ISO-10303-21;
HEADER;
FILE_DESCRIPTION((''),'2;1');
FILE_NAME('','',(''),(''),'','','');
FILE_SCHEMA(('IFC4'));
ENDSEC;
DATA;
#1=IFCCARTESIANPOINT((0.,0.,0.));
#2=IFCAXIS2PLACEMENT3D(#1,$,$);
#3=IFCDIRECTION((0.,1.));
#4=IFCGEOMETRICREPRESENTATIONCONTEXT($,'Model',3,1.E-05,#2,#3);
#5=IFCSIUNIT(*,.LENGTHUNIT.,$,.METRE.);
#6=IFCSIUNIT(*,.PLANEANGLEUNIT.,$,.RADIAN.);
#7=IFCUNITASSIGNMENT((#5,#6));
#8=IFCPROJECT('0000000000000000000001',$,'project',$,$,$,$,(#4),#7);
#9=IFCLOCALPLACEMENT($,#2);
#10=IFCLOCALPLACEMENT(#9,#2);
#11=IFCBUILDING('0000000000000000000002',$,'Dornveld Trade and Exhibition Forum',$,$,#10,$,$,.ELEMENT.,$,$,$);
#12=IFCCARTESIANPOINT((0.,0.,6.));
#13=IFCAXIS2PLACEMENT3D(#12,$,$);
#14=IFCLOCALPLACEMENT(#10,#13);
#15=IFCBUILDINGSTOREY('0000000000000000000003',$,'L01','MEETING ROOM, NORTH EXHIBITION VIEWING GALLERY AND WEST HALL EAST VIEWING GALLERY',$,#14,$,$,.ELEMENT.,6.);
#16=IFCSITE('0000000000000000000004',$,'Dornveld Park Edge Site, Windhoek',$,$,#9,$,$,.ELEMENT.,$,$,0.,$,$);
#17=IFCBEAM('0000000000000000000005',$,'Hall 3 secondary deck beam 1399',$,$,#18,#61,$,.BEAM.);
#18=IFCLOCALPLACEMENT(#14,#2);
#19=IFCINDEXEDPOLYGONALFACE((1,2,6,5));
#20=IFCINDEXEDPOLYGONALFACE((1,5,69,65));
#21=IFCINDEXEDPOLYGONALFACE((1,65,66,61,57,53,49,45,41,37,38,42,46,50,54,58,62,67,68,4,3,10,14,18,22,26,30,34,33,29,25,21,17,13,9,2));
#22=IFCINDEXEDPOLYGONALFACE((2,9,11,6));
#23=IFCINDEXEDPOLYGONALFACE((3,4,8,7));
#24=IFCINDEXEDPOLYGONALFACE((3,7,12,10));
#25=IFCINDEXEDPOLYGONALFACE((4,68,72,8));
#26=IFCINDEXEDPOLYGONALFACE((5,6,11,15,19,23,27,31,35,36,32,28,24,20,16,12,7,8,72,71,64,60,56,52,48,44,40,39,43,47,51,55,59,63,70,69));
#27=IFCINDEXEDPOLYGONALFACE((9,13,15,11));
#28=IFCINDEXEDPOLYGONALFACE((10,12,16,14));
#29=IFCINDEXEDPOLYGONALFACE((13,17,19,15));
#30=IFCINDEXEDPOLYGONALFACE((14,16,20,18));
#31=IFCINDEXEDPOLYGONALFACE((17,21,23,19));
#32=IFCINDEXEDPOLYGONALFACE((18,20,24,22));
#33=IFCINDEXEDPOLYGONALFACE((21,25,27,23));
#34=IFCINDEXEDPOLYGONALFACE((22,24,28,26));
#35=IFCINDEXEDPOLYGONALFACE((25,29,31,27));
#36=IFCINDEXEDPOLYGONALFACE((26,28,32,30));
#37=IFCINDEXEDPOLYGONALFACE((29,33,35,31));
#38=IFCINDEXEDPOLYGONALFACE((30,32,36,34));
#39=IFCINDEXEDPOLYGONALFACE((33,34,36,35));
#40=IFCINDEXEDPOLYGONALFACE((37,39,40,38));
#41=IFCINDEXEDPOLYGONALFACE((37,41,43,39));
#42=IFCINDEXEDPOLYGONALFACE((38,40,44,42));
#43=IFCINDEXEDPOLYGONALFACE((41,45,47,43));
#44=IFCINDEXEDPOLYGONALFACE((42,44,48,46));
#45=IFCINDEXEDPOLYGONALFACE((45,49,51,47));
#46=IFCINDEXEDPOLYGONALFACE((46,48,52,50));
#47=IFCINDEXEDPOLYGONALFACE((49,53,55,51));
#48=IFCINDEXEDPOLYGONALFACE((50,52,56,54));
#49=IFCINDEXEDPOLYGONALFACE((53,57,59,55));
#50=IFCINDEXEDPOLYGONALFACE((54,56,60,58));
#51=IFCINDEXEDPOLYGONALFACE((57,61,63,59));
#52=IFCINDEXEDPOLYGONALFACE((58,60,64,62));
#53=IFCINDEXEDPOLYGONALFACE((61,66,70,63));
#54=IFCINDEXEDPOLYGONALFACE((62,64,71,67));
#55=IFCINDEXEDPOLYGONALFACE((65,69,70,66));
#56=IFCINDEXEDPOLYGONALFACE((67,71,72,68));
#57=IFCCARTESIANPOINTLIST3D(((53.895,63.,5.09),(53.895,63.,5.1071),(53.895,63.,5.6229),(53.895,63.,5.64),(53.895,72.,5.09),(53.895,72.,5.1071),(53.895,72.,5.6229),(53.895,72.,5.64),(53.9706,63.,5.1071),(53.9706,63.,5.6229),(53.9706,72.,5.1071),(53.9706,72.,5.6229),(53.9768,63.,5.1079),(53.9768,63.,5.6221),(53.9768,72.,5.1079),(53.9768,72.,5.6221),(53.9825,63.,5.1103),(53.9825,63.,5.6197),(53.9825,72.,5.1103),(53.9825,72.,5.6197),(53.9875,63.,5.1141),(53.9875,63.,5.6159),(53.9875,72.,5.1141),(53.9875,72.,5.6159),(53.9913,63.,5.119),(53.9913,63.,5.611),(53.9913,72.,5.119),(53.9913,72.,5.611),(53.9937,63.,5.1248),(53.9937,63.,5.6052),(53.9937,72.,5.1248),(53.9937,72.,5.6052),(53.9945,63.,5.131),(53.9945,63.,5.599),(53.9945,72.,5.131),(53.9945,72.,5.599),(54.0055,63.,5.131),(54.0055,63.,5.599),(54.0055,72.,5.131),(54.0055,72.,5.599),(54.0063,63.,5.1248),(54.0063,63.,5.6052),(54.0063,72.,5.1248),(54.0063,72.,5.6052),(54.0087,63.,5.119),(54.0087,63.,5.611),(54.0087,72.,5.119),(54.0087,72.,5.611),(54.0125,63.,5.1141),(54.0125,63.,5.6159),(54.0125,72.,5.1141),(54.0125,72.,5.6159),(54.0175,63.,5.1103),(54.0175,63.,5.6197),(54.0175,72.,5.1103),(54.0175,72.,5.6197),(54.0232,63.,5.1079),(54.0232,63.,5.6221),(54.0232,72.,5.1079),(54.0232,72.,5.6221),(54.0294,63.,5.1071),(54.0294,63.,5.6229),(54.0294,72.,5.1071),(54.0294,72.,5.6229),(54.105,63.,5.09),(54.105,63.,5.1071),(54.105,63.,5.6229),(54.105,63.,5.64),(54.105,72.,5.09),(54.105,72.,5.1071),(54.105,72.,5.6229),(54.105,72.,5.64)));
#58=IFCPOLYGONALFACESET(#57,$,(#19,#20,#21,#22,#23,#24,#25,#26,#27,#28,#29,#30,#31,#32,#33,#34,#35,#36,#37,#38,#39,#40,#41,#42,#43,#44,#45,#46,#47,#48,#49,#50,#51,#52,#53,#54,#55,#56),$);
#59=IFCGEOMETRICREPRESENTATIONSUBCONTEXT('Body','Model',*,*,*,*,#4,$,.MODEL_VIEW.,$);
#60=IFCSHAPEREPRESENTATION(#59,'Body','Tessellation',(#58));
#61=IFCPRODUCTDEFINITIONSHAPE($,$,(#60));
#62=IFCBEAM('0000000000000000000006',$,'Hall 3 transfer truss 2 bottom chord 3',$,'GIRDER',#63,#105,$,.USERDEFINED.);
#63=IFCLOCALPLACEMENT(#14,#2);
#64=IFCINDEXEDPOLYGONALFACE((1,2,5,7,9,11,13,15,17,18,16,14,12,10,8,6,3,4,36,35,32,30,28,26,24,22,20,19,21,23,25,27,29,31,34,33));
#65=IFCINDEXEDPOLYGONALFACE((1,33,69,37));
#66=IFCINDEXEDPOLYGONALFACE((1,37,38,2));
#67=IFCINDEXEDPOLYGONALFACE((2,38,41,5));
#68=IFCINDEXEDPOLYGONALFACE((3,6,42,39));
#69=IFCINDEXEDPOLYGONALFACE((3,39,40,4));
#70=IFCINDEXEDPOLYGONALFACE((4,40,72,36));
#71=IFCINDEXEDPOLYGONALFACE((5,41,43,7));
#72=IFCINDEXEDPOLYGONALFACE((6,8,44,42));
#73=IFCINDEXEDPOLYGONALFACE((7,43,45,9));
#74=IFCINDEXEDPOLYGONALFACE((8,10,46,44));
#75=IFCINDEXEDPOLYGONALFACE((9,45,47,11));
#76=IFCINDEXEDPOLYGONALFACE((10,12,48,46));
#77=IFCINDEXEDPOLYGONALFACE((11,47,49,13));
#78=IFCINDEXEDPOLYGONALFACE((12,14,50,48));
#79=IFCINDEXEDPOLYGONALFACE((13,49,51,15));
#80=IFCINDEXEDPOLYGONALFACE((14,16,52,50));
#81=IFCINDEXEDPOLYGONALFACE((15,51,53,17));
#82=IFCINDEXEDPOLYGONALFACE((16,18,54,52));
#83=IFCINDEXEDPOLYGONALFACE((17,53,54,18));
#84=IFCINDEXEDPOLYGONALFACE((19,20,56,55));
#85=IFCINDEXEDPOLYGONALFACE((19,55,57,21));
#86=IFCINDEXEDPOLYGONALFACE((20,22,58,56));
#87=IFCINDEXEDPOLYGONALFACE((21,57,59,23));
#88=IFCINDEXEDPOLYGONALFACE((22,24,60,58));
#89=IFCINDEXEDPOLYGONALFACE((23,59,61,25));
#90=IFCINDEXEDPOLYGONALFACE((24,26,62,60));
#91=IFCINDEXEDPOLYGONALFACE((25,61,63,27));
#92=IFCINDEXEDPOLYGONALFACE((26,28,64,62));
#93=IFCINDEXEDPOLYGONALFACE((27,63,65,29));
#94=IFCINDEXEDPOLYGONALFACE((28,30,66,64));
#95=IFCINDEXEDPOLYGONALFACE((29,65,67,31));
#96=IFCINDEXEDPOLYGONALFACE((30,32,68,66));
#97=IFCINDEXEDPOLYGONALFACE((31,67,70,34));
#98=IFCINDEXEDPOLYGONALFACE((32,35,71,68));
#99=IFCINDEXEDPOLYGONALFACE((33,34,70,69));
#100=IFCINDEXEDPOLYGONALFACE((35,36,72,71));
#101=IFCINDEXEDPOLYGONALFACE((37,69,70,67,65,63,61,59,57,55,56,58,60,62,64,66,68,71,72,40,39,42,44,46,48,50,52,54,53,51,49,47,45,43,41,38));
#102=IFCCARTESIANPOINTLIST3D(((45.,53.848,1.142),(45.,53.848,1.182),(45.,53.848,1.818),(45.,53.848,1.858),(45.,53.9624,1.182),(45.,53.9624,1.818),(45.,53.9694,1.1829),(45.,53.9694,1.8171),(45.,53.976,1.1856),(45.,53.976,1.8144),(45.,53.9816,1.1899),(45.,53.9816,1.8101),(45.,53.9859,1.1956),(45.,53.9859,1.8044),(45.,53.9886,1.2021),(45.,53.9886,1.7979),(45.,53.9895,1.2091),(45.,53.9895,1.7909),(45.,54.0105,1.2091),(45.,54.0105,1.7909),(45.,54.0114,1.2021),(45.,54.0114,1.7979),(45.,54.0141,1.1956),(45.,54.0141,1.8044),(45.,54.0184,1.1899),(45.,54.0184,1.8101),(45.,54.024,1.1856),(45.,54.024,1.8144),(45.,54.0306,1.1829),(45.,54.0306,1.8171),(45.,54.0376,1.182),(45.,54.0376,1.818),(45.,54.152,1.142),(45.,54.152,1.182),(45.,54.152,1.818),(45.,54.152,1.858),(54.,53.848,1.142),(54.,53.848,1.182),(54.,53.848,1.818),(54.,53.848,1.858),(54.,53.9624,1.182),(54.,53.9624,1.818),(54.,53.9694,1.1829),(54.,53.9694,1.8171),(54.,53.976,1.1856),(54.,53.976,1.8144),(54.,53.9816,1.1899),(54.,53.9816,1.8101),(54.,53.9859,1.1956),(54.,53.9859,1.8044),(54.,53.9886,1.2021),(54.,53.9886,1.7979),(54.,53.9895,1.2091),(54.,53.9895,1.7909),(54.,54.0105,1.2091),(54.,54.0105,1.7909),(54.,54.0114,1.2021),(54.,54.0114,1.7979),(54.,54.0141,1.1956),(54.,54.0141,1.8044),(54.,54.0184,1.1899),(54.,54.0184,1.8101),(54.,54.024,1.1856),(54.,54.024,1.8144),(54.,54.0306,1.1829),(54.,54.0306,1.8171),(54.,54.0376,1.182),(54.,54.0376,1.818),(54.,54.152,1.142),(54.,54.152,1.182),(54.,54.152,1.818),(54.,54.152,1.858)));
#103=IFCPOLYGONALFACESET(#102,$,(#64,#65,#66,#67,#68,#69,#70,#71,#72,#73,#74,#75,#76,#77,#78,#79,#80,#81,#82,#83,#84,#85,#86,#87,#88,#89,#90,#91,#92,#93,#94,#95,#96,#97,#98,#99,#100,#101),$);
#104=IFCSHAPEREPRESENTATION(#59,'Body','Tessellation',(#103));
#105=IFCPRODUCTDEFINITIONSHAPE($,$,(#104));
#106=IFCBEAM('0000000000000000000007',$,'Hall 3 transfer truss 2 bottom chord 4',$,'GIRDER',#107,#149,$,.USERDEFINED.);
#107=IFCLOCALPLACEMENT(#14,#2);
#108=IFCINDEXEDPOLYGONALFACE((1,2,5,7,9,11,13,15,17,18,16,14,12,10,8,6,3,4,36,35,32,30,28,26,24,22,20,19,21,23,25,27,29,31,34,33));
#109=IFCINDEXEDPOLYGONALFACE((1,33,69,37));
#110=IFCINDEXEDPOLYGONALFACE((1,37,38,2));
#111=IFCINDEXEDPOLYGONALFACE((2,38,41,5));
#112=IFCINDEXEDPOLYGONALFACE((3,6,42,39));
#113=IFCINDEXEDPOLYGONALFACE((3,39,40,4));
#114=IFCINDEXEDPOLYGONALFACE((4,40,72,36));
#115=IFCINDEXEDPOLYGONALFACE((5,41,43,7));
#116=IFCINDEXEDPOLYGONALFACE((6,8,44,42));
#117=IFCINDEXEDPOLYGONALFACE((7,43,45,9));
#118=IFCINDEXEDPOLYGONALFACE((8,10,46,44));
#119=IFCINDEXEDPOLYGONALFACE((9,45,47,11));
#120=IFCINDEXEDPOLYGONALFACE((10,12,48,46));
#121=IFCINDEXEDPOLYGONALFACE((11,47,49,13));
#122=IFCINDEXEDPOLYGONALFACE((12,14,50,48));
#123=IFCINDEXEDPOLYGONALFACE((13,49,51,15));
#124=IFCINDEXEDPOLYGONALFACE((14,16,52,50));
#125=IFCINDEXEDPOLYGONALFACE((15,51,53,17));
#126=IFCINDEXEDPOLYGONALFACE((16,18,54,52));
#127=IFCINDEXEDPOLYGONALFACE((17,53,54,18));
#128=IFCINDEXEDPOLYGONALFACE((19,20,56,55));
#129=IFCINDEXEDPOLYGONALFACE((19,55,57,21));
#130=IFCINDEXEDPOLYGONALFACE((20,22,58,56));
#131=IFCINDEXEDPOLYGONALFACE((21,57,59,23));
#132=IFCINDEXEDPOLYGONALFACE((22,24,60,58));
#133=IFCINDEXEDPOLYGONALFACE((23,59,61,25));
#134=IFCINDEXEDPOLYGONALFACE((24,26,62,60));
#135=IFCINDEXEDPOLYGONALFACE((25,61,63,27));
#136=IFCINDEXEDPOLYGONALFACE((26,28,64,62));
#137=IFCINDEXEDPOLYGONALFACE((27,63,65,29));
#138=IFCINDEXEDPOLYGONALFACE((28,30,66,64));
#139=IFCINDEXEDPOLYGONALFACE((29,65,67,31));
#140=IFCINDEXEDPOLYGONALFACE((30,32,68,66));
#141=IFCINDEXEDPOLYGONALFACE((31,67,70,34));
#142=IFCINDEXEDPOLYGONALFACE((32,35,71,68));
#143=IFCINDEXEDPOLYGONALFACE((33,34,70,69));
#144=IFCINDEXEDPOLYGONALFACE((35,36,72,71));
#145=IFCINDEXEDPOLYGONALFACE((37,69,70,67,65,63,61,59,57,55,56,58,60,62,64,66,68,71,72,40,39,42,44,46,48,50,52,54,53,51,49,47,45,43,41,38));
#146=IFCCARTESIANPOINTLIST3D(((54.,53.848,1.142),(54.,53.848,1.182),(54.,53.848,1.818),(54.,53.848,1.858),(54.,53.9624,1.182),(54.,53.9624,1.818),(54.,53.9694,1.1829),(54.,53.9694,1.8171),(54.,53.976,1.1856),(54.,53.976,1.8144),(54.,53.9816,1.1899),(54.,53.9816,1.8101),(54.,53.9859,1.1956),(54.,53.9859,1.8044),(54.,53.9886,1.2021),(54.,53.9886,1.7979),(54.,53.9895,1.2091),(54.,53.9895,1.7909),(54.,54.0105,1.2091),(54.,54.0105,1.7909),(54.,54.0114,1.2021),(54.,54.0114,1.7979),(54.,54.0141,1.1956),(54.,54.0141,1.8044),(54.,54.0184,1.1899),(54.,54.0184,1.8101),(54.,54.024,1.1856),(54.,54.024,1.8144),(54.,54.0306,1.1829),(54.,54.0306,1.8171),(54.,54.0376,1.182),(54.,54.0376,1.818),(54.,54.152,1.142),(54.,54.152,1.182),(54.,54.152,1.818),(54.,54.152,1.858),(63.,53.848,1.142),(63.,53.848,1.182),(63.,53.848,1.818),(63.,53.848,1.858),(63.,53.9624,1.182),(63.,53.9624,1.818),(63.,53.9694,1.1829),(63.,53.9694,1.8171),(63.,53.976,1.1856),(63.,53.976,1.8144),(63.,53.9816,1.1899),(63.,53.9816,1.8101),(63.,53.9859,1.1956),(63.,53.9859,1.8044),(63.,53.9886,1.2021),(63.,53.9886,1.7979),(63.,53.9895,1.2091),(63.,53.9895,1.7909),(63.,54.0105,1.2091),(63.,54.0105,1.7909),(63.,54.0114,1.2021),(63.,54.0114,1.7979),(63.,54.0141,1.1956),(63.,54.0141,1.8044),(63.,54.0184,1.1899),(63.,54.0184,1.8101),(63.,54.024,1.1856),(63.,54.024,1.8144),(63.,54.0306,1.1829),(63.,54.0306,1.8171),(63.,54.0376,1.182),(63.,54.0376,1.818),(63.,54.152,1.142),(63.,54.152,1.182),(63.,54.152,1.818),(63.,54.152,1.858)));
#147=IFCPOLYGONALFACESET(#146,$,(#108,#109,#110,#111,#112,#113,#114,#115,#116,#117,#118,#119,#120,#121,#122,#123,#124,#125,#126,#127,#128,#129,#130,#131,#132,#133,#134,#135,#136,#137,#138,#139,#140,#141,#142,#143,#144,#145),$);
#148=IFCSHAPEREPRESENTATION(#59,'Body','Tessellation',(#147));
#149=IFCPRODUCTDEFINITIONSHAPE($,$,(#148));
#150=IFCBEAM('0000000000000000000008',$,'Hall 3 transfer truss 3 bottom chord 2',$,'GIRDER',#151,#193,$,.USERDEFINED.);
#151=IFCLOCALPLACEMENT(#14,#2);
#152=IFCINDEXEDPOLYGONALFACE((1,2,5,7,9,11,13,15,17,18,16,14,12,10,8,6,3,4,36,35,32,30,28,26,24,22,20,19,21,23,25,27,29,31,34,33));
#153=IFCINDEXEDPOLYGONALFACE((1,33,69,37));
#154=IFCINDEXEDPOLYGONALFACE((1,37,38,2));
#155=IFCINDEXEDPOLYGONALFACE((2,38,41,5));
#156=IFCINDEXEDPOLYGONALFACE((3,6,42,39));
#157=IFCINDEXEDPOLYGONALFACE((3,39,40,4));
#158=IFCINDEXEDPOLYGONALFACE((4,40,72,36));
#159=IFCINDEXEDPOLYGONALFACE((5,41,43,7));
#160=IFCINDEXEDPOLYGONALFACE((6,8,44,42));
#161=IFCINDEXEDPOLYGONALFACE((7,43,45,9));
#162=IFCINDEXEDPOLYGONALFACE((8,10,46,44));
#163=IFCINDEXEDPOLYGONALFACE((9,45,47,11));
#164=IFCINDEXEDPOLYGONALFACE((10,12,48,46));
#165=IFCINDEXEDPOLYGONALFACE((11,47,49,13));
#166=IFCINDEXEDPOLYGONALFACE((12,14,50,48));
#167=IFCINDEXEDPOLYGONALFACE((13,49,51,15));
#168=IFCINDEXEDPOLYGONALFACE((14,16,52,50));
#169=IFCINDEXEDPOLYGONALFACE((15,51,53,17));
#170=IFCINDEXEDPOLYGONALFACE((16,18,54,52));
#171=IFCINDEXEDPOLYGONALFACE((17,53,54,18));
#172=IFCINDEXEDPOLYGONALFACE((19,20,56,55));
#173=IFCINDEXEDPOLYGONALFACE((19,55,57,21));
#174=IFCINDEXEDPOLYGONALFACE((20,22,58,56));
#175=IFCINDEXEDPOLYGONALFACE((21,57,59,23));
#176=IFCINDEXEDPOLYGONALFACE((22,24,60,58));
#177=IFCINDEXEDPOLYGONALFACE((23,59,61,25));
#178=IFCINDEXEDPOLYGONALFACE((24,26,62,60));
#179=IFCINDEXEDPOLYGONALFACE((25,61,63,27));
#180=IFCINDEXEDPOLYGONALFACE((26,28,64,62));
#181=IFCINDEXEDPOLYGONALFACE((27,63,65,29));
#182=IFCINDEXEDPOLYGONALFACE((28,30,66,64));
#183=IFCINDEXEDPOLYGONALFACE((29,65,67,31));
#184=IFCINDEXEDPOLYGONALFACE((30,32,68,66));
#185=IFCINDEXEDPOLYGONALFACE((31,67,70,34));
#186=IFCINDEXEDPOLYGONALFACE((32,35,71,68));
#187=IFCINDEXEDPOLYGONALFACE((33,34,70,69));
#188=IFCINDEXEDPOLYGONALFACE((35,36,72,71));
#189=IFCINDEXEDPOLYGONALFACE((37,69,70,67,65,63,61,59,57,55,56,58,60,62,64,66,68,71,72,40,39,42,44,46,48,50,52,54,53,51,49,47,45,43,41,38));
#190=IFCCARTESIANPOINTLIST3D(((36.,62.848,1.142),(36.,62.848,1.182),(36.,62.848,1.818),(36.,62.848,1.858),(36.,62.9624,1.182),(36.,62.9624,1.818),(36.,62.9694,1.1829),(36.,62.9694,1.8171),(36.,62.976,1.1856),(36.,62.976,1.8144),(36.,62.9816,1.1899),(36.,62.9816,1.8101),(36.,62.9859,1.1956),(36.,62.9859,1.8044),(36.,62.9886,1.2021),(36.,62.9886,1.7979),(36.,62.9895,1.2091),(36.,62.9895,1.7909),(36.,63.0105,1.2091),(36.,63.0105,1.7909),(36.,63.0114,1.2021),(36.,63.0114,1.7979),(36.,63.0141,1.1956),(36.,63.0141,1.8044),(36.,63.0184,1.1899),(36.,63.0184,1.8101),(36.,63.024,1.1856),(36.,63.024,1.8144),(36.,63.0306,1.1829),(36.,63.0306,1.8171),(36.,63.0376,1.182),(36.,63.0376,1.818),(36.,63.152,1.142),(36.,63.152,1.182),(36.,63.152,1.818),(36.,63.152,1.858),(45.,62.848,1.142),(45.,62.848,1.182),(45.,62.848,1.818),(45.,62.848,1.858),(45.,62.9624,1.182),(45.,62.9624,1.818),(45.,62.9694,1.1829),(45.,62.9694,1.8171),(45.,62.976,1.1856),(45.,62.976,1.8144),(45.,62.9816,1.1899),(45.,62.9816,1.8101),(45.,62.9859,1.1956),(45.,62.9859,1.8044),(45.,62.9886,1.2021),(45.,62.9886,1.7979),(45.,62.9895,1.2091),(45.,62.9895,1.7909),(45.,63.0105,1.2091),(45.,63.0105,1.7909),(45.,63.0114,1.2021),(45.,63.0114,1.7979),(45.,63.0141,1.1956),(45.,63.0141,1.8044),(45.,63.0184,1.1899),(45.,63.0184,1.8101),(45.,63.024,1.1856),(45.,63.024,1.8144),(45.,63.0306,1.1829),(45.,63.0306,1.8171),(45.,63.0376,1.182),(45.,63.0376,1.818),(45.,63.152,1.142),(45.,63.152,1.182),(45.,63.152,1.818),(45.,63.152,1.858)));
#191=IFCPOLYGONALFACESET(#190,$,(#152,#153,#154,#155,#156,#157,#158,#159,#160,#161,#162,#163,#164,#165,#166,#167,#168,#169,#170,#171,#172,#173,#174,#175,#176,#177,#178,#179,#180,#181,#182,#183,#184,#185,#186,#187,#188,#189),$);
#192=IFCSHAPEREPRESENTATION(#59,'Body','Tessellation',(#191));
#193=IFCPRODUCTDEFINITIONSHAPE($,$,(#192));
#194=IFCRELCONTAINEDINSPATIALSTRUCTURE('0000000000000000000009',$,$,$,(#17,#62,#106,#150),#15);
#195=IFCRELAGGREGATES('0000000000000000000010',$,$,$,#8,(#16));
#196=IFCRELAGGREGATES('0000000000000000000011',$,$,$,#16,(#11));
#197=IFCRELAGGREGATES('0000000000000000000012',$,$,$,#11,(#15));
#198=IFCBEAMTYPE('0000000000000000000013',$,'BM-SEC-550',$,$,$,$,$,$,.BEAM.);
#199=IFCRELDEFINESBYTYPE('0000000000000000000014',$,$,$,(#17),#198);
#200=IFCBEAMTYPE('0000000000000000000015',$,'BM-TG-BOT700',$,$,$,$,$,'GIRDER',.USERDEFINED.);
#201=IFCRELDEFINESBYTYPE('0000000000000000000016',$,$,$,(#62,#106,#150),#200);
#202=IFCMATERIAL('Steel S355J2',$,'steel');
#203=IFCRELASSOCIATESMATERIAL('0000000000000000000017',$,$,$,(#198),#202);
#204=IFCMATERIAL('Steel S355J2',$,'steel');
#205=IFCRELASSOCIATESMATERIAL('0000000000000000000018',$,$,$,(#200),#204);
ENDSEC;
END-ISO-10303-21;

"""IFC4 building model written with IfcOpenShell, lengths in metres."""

from ifc_helpers import new_model, si_unit, direction, frame, origin, origin_2d, place, context, subcontext, project, spatial, i_section, extrude, material, material_profile, profile_set, type_object, element, save


model = new_model("IFC4")

# Units and contexts
model_context = context("Model", 3, precision=1e-05, world=origin(), true_north=direction((0.0, 1.0)))
body_context = subcontext(model_context, "Body", "Model", "MODEL_VIEW")
ifc_project = project(units=[si_unit("LENGTHUNIT", "METRE"), si_unit("PLANEANGLEUNIT", "RADIAN")], contexts=[model_context])

# Site, building, storey
site_placement = place(None, origin())
site = spatial("IfcSite", under=ifc_project, at=site_placement, Name="Dornveld Park Edge Site, Windhoek", CompositionType="ELEMENT", RefElevation=0.0)
building_placement = place(site_placement, origin())
building = spatial("IfcBuilding", under=site, at=building_placement, Name="Dornveld Trade and Exhibition Forum", CompositionType="ELEMENT")
storey_placement = place(building_placement, frame((0.0, 0.0, 6.0)))
storey = spatial("IfcBuildingStorey", under=building, at=storey_placement, Name="L01", Description="MEETING ROOM, NORTH EXHIBITION VIEWING GALLERY AND WEST HALL EAST VIEWING GALLERY", CompositionType="ELEMENT", Elevation=6.0)

# Beams
ifc_material_1 = material(Name="Steel S355J2", Category="steel")
ifc_material_profile_1 = material_profile(ifc_material_1, i_section(OverallWidth=0.21, OverallDepth=0.55, WebThickness=0.011, FlangeThickness=0.0171, FilletRadius=0.0239, at=origin_2d()), Name="IPE 550")
ifc_profile_set_1 = profile_set([ifc_material_profile_1], Name="Steel S355J2")
beam_type_1 = type_object("IfcBeamType", Name="BM-SEC-550", PredefinedType="BEAM", material=ifc_profile_set_1)
for number, where, z_axis, x_axis, name in (
    (1, (54.0, 63.0, 5.365), (0.0, 1.0, 0.0), (-1.0, 0.0, 0.0), "Hall 3 secondary deck beam 1399"),
):
    element("IfcBeam", number, at=place(storey_placement, frame(where, z_axis=z_axis, x_axis=x_axis)), inside=storey, type_object=beam_type_1, Name=name, PredefinedType="BEAM", context=body_context, shape_type="SweptSolid", body=[
        extrude(i_section(OverallWidth=0.21, OverallDepth=0.55, WebThickness=0.011, FlangeThickness=0.0171, FilletRadius=0.0239, at=origin_2d()), origin(), (0.0, 0.0, 1.0), 9.0),
    ])
ifc_material_2 = material(Name="Steel S355J2", Category="steel")
ifc_material_profile_2 = material_profile(ifc_material_2, i_section(OverallWidth=0.304, OverallDepth=0.7161, WebThickness=0.021, FlangeThickness=0.04, FilletRadius=0.0271, at=origin_2d()), Name="HEM 700")
ifc_profile_set_2 = profile_set([ifc_material_profile_2], Name="Steel S355J2")
beam_type_2 = type_object("IfcBeamType", Name="BM-TG-BOT700", ElementType="GIRDER", PredefinedType="USERDEFINED", material=ifc_profile_set_2)
for number, where, z_axis, x_axis, name in (
    (2, (45.0, 54.0, 1.5), (1.0, 0.0, 0.0), (0.0, 1.0, 0.0), "Hall 3 transfer truss 2 bottom chord 3"),
    (3, (54.0, 54.0, 1.5), (1.0, 0.0, 0.0), (0.0, 1.0, 0.0), "Hall 3 transfer truss 2 bottom chord 4"),
    (4, (36.0, 63.0, 1.5), (1.0, 0.0, 0.0), (0.0, 1.0, 0.0), "Hall 3 transfer truss 3 bottom chord 2"),
):
    element("IfcBeam", number, at=place(storey_placement, frame(where, z_axis=z_axis, x_axis=x_axis)), inside=storey, type_object=beam_type_2, Name=name, ObjectType="GIRDER", PredefinedType="USERDEFINED", context=body_context, shape_type="SweptSolid", body=[
        extrude(i_section(OverallWidth=0.304, OverallDepth=0.7161, WebThickness=0.021, FlangeThickness=0.04, FilletRadius=0.0271, at=origin_2d()), origin(), (0.0, 0.0, 1.0), 9.0),
    ])

save(model, "model.ifc")
